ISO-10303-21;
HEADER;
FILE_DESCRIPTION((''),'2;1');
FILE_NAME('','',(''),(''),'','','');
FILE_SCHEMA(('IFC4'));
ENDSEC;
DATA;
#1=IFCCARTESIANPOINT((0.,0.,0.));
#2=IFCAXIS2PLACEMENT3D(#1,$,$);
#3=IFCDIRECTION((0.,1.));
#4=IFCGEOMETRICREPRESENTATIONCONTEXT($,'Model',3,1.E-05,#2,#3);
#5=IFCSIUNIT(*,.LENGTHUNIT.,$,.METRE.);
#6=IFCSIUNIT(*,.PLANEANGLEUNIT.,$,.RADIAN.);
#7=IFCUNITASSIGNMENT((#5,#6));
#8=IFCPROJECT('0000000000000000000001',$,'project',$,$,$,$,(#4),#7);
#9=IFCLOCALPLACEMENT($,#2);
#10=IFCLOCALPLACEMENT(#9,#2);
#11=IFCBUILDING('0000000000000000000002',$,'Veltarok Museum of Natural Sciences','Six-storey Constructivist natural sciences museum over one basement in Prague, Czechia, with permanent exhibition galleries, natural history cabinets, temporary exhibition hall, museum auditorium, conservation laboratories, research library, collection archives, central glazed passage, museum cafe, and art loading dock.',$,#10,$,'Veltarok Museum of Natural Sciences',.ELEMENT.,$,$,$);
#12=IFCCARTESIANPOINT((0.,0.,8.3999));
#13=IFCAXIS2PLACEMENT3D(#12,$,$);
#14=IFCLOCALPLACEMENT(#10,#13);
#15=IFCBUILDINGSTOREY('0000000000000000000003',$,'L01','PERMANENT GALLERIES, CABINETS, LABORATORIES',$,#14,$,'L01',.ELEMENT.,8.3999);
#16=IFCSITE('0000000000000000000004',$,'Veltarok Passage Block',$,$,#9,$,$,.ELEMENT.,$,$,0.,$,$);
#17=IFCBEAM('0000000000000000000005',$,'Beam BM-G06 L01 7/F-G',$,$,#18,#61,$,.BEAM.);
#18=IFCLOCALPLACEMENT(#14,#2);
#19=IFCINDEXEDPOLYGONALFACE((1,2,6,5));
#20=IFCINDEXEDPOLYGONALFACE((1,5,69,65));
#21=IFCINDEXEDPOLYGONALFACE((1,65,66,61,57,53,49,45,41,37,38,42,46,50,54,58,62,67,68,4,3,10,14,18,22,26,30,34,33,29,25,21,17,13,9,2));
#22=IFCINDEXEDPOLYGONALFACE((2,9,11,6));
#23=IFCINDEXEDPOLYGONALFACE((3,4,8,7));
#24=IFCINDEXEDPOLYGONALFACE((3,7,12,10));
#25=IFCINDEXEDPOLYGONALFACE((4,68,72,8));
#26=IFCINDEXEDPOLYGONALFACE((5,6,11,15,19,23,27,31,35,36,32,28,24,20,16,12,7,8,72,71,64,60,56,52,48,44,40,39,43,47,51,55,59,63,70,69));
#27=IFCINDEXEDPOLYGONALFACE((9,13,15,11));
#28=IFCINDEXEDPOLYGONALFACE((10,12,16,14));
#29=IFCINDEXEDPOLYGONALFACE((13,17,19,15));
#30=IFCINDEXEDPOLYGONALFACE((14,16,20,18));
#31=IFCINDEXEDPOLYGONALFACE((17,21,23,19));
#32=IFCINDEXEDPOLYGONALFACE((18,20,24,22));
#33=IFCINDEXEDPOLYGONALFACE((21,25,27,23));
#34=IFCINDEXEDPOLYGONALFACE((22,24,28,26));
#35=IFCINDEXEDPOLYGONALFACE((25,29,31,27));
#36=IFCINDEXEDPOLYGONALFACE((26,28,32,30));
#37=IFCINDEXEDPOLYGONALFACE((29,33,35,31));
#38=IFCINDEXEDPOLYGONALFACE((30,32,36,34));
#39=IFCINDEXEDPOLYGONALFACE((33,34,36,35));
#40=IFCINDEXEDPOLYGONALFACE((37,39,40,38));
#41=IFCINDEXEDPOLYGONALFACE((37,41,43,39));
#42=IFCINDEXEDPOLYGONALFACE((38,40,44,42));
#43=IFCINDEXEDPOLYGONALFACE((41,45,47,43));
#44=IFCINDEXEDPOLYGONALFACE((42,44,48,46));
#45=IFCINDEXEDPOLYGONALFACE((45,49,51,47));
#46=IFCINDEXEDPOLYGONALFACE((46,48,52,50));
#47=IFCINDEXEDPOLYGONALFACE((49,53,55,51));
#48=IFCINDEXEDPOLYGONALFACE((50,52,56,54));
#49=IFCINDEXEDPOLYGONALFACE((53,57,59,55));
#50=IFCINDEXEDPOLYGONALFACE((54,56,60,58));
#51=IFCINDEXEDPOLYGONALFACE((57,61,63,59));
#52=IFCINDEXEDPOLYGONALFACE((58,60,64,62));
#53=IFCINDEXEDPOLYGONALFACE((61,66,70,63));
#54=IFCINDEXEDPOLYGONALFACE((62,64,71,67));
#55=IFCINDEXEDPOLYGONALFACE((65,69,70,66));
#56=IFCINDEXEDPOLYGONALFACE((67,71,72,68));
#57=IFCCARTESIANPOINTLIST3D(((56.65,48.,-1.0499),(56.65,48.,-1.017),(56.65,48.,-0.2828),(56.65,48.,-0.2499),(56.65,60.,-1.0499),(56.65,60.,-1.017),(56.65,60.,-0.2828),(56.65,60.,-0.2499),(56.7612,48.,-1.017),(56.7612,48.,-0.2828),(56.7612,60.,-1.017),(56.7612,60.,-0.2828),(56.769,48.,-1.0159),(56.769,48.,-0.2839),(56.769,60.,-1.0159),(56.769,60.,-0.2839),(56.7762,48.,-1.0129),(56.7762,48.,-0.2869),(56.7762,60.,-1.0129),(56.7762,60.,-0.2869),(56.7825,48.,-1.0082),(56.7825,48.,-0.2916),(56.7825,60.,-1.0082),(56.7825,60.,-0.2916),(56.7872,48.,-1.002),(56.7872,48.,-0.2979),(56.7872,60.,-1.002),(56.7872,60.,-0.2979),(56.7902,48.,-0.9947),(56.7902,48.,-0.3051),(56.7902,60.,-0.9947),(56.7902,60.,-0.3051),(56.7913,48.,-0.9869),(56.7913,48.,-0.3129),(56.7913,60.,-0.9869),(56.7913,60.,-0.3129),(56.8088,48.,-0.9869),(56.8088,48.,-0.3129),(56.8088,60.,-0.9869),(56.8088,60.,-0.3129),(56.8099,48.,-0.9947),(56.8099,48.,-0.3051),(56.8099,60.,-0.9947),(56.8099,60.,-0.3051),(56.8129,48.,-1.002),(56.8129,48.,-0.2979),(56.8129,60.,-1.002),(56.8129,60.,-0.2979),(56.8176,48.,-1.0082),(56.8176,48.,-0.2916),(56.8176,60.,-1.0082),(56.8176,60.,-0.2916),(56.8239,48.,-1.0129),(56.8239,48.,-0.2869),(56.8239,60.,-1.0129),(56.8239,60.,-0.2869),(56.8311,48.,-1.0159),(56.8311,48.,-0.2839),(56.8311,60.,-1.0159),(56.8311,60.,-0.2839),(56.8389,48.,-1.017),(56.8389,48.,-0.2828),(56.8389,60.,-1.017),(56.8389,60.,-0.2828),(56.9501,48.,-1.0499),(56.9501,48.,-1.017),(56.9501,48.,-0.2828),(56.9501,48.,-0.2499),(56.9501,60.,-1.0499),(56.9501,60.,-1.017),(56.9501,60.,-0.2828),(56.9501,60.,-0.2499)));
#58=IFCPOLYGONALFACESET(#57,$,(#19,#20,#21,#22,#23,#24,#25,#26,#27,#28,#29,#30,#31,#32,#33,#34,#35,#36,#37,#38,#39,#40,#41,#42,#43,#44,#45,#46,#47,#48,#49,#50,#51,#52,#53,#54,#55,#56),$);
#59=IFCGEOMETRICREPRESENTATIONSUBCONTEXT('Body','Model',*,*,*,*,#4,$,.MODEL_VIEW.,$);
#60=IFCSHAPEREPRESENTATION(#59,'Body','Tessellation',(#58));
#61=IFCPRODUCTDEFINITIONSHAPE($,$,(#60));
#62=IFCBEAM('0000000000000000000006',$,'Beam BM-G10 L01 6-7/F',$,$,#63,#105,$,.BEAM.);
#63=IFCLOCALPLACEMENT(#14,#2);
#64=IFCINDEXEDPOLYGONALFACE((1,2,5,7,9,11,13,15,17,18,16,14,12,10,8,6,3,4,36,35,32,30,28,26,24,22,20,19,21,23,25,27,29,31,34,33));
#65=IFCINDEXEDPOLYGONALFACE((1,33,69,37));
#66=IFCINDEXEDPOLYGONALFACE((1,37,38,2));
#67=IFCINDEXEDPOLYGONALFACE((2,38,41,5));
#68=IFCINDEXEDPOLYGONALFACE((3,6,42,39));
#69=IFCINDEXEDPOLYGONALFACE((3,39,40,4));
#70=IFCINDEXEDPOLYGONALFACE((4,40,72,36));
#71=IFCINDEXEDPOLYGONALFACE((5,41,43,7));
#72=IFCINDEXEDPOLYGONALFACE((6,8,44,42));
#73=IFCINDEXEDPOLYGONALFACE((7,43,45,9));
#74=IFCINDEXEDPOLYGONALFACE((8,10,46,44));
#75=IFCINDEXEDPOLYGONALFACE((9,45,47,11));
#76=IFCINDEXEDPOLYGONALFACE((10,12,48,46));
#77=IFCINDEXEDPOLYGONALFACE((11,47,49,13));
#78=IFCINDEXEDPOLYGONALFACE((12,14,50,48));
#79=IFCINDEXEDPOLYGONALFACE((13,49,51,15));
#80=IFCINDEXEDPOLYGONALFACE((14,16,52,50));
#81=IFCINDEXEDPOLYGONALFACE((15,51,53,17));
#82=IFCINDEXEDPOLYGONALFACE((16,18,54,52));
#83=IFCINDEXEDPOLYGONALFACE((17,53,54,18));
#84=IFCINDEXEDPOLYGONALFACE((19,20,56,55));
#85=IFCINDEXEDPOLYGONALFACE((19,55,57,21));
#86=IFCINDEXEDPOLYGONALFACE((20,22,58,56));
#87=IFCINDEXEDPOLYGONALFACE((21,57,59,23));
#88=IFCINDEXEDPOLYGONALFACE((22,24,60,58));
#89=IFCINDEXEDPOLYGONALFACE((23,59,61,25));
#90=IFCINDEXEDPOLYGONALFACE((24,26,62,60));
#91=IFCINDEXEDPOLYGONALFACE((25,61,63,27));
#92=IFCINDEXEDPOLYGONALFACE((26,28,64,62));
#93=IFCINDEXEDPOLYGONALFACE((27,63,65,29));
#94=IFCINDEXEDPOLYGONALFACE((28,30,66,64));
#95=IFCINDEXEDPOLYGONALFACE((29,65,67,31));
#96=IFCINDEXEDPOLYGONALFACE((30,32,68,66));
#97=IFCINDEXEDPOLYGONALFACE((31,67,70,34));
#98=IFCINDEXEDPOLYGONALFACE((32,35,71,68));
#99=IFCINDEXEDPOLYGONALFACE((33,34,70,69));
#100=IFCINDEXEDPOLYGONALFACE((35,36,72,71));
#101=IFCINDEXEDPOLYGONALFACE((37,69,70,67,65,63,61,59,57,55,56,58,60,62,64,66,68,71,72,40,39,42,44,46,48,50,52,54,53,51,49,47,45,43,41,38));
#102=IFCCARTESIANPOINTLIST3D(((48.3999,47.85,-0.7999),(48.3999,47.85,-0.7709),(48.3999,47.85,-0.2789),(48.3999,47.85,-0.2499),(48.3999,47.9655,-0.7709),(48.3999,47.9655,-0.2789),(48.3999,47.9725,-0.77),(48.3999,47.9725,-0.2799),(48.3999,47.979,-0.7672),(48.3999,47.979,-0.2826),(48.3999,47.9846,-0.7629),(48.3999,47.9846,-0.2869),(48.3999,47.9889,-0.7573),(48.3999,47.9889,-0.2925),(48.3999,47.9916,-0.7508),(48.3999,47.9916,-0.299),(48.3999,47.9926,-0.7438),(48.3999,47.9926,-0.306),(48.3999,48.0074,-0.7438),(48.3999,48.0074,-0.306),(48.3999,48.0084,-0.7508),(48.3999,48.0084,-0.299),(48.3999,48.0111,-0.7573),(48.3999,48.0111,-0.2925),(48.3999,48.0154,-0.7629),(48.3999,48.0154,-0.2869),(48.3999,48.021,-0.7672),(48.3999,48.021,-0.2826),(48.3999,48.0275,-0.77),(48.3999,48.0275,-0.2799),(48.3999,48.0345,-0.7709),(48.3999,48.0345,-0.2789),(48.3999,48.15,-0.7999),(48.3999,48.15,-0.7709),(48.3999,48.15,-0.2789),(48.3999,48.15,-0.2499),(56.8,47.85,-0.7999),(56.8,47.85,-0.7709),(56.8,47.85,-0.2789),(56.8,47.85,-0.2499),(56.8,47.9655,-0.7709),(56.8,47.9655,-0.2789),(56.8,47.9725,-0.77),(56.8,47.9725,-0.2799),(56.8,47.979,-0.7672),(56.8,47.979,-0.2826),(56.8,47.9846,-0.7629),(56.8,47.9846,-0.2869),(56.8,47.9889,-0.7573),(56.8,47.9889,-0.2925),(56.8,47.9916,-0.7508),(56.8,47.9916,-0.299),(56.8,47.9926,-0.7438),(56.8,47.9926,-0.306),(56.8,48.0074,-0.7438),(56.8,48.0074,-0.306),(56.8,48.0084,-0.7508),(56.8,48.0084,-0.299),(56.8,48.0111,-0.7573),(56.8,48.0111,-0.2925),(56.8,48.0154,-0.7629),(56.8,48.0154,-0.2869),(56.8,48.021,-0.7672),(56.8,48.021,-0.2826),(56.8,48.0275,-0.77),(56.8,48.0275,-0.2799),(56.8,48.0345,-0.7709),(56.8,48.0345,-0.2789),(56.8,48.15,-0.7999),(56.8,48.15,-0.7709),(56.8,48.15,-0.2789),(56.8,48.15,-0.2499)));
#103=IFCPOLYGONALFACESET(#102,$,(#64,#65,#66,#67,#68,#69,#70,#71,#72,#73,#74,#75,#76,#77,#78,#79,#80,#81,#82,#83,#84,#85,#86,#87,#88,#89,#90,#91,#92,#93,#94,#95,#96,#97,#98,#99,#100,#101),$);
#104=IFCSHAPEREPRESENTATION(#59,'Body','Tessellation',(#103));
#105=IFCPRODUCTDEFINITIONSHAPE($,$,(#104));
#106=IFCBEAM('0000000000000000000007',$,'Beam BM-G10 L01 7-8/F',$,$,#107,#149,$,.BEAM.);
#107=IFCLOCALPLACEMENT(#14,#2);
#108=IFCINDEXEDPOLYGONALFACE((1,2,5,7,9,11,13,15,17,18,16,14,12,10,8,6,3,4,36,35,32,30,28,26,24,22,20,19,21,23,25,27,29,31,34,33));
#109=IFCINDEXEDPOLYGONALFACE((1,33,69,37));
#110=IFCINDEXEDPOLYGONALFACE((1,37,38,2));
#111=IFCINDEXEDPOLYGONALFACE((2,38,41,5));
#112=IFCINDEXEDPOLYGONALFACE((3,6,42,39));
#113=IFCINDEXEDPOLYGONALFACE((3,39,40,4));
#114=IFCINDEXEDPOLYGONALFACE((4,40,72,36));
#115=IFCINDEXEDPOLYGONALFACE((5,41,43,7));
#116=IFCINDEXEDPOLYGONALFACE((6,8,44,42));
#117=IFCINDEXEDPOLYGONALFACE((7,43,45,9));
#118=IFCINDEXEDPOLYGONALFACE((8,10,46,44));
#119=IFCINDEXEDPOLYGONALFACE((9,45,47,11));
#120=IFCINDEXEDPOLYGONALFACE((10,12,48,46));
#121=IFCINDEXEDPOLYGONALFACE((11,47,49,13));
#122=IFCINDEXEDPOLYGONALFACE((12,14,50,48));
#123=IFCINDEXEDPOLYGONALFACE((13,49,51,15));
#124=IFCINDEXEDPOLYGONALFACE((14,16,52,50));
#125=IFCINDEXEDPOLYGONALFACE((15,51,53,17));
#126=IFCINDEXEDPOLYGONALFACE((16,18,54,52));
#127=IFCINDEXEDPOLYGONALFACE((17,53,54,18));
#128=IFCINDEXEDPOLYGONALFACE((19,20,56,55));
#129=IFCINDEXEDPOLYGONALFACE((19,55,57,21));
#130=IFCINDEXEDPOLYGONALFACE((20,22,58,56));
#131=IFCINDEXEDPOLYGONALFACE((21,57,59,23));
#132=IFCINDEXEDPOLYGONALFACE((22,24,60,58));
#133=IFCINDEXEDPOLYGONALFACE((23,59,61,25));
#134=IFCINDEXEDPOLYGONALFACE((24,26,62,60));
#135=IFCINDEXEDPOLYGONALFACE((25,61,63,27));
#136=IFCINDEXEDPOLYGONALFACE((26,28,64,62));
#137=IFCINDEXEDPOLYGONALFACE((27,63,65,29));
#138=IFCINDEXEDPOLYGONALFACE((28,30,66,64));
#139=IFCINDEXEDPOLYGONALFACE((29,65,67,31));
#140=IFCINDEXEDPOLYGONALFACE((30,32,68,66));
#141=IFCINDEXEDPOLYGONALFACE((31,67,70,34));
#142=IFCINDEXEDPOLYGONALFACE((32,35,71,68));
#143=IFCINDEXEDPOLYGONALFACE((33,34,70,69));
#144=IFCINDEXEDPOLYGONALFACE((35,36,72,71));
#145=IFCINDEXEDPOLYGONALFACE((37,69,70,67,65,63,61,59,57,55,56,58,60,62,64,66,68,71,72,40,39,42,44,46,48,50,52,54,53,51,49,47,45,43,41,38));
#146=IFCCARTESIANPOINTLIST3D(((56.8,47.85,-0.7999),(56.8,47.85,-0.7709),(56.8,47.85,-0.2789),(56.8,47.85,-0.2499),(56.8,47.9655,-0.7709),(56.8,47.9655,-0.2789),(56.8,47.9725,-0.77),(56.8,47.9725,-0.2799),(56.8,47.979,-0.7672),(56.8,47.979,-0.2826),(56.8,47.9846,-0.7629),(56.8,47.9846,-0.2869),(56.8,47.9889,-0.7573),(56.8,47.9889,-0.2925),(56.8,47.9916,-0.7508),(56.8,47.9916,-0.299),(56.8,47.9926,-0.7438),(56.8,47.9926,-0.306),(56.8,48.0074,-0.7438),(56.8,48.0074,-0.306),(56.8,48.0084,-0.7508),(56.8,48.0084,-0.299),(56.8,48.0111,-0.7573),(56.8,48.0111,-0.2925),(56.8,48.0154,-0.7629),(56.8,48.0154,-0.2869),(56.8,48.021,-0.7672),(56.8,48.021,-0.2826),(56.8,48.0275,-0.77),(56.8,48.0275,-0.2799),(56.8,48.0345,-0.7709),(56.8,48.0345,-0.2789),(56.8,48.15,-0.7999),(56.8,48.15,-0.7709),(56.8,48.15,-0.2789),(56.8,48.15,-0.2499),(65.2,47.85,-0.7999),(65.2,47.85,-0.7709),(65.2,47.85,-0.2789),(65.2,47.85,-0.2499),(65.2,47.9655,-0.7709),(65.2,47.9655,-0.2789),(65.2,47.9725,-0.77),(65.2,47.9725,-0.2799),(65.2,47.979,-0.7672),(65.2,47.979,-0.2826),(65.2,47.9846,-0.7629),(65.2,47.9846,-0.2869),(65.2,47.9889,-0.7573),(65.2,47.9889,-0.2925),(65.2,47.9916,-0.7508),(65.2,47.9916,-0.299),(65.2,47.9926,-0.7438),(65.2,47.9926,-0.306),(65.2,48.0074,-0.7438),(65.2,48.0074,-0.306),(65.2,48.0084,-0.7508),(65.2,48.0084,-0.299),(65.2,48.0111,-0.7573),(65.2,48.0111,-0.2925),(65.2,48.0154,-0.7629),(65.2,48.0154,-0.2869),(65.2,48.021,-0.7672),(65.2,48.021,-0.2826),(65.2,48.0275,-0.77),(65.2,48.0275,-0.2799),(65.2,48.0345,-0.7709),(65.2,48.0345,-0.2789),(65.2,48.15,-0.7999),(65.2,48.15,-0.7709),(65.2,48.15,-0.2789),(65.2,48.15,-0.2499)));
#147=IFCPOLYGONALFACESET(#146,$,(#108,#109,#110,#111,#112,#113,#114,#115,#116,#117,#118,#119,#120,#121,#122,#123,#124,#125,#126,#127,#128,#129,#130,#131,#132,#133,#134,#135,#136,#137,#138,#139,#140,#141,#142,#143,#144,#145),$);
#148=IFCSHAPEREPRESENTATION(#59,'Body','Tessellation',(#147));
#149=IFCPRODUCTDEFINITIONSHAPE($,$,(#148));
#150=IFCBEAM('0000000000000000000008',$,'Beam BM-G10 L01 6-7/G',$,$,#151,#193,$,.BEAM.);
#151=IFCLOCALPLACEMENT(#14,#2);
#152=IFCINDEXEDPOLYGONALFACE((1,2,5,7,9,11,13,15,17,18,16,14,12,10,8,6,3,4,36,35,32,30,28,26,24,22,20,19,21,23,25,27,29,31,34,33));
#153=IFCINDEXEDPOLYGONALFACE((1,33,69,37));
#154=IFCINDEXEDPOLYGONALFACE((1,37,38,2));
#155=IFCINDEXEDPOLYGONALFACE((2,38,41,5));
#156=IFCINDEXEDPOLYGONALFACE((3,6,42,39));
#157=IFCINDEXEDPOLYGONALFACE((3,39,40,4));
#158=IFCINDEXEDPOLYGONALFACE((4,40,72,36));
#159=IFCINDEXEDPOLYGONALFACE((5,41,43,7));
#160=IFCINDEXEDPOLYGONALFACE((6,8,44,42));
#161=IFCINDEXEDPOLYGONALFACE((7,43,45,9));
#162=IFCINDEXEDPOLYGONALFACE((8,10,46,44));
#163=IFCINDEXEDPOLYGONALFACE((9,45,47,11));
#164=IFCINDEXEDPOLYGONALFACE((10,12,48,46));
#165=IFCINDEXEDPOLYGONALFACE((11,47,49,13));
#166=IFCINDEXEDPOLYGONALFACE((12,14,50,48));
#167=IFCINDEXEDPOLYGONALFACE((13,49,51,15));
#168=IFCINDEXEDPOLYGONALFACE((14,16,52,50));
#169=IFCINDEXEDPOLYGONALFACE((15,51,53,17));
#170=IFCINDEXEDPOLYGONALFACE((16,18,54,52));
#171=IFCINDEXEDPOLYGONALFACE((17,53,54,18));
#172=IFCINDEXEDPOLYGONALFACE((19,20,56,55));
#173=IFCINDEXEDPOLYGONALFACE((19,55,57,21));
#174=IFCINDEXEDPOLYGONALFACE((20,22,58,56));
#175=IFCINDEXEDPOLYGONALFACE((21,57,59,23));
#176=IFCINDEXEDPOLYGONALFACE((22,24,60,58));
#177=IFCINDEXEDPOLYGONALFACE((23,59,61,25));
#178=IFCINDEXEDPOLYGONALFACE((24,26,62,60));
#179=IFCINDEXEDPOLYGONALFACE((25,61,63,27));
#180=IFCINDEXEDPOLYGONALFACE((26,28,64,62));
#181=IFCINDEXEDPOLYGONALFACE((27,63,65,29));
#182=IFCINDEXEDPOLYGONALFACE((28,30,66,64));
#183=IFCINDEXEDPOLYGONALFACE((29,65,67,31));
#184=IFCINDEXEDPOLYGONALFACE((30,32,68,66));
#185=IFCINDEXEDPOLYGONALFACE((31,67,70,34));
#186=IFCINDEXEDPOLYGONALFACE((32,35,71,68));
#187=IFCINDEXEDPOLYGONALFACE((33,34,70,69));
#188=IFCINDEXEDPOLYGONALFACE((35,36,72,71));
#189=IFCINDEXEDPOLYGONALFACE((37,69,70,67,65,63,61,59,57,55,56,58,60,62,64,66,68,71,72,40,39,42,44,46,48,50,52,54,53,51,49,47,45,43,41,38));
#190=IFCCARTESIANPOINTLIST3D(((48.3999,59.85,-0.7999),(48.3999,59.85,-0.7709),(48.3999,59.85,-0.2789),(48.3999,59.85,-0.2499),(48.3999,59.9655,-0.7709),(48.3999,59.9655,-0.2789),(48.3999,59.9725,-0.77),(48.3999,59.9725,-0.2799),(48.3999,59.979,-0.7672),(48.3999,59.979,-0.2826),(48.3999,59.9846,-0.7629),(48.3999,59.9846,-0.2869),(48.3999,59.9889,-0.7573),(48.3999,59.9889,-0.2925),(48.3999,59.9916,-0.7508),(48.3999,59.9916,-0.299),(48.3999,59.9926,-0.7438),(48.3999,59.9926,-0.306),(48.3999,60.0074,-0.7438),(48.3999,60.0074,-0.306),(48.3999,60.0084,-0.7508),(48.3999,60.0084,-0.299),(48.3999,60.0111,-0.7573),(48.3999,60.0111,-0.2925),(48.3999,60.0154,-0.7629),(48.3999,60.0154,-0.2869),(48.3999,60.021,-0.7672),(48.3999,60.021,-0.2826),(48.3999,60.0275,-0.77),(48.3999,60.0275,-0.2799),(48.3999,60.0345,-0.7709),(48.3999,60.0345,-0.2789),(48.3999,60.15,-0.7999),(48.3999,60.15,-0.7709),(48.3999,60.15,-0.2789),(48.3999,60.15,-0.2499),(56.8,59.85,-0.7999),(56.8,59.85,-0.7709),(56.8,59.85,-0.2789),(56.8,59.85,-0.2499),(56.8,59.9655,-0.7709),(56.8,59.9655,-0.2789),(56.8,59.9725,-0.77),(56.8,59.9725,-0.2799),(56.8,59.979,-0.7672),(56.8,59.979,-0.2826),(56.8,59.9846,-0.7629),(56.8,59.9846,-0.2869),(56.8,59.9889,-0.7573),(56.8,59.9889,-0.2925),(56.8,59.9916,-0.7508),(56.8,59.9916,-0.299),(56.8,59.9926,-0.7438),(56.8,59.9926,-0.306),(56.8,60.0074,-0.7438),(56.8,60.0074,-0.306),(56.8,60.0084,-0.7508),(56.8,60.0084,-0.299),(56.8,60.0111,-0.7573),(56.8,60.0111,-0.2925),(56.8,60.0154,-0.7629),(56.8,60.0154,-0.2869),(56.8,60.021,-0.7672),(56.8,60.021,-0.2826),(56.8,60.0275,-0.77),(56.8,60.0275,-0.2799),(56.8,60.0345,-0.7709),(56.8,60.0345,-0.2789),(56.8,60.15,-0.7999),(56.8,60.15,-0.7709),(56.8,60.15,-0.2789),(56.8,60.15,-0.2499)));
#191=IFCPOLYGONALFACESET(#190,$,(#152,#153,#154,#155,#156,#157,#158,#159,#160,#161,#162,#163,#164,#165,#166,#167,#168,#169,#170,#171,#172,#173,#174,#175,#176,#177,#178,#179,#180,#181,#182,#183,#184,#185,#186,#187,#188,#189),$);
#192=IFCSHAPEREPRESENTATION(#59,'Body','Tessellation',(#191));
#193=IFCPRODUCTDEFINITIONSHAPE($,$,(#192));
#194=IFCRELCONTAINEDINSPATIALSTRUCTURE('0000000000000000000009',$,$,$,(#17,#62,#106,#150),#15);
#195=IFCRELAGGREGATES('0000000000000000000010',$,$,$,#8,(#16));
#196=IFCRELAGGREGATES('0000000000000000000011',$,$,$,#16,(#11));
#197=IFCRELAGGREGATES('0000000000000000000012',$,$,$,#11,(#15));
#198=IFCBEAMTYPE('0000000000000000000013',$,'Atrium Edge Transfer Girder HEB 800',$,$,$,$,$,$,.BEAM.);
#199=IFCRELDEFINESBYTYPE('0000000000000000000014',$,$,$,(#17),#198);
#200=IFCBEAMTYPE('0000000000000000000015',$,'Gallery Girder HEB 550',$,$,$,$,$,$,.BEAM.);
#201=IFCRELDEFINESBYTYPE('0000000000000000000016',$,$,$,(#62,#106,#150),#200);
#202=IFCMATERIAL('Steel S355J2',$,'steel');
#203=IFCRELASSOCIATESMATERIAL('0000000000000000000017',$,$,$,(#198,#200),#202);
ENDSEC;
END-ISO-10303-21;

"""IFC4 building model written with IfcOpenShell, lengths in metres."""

from ifc_helpers import new_model, si_unit, direction, frame, origin, origin_2d, place, context, subcontext, project, spatial, i_section, extrude, material, material_profile, profile_set, type_object, element, save


model = new_model("IFC4")

# Units and contexts
model_context = context("Model", 3, precision=1e-05, world=origin(), true_north=direction((0.0, 1.0)))
body_context = subcontext(model_context, "Body", "Model", "MODEL_VIEW")
ifc_project = project(units=[si_unit("LENGTHUNIT", "METRE"), si_unit("PLANEANGLEUNIT", "RADIAN")], contexts=[model_context])

# Site, building, storey
site_placement = place(None, origin())
site = spatial("IfcSite", under=ifc_project, at=site_placement, Name="Veltarok Passage Block", CompositionType="ELEMENT", RefElevation=0.0)
building_placement = place(site_placement, origin())
building = spatial("IfcBuilding", under=site, at=building_placement, Name="Veltarok Museum of Natural Sciences", Description="Six-storey Constructivist natural sciences museum over one basement in Prague, Czechia, with permanent exhibition galleries, natural history cabinets, temporary exhibition hall, museum auditorium, conservation laboratories, research library, collection archives, central glazed passage, museum cafe, and art loading dock.", LongName="Veltarok Museum of Natural Sciences", CompositionType="ELEMENT")
storey_placement = place(building_placement, frame((0.0, 0.0, 8.3999)))
storey = spatial("IfcBuildingStorey", under=building, at=storey_placement, Name="L01", Description="PERMANENT GALLERIES, CABINETS, LABORATORIES", LongName="L01", CompositionType="ELEMENT", Elevation=8.3999)

# Shared definitions
ifc_material_1 = material(Name="Steel S355J2", Category="steel")

# Beams
ifc_material_profile_1 = material_profile(ifc_material_1, i_section(OverallWidth=0.3, OverallDepth=0.8, WebThickness=0.0176, FlangeThickness=0.033, FilletRadius=0.03, at=origin_2d()), Name="HEB 800")
ifc_profile_set_1 = profile_set([ifc_material_profile_1], Name="Steel S355J2")
beam_type_1 = type_object("IfcBeamType", Name="Atrium Edge Transfer Girder HEB 800", PredefinedType="BEAM", material=ifc_profile_set_1)
beam_1_placement = place(storey_placement, frame((56.8, 48.0, -0.6499), z_axis=(0.0, 1.0, 0.0), x_axis=(-1.0, 0.0, 0.0)))
element("IfcBeam", 1, at=beam_1_placement, inside=storey, type_object=beam_type_1, Name="Beam BM-G06 L01 7/F-G", PredefinedType="BEAM", context=body_context, shape_type="SweptSolid", body=[
    extrude(i_section(OverallWidth=0.3, OverallDepth=0.8, WebThickness=0.0176, FlangeThickness=0.033, FilletRadius=0.03, at=origin_2d()), origin(), (0.0, 0.0, 1.0), 12.0),
])
ifc_material_profile_2 = material_profile(ifc_material_1, i_section(OverallWidth=0.3, OverallDepth=0.55, WebThickness=0.0149, FlangeThickness=0.0291, FilletRadius=0.0271, at=origin_2d()), Name="HEB 550")
ifc_profile_set_2 = profile_set([ifc_material_profile_2], Name="Steel S355J2")
beam_type_2 = type_object("IfcBeamType", Name="Gallery Girder HEB 550", PredefinedType="BEAM", material=ifc_profile_set_2)
beam_2_placement = place(storey_placement, frame((48.3999, 48.0, -0.5249), z_axis=(1.0, 0.0, 0.0), x_axis=(0.0, 1.0, 0.0)))
element("IfcBeam", 2, at=beam_2_placement, inside=storey, type_object=beam_type_2, Name="Beam BM-G10 L01 6-7/F", PredefinedType="BEAM", context=body_context, shape_type="SweptSolid", body=[
    extrude(i_section(OverallWidth=0.3, OverallDepth=0.55, WebThickness=0.0149, FlangeThickness=0.0291, FilletRadius=0.0271, at=origin_2d()), origin(), (0.0, 0.0, 1.0), 8.4001),
])
beam_3_placement = place(storey_placement, frame((56.8, 48.0, -0.5249), z_axis=(1.0, 0.0, 0.0), x_axis=(0.0, 1.0, 0.0)))
element("IfcBeam", 3, at=beam_3_placement, inside=storey, type_object=beam_type_2, Name="Beam BM-G10 L01 7-8/F", PredefinedType="BEAM", context=body_context, shape_type="SweptSolid", body=[
    extrude(i_section(OverallWidth=0.3, OverallDepth=0.55, WebThickness=0.0149, FlangeThickness=0.0291, FilletRadius=0.0271, at=origin_2d()), origin(), (0.0, 0.0, 1.0), 8.3999),
])
beam_4_placement = place(storey_placement, frame((48.3999, 60.0, -0.5249), z_axis=(1.0, 0.0, 0.0), x_axis=(0.0, 1.0, 0.0)))
element("IfcBeam", 4, at=beam_4_placement, inside=storey, type_object=beam_type_2, Name="Beam BM-G10 L01 6-7/G", PredefinedType="BEAM", context=body_context, shape_type="SweptSolid", body=[
    extrude(i_section(OverallWidth=0.3, OverallDepth=0.55, WebThickness=0.0149, FlangeThickness=0.0291, FilletRadius=0.0271, at=origin_2d()), origin(), (0.0, 0.0, 1.0), 8.4001),
])

save(model, "model.ifc")
